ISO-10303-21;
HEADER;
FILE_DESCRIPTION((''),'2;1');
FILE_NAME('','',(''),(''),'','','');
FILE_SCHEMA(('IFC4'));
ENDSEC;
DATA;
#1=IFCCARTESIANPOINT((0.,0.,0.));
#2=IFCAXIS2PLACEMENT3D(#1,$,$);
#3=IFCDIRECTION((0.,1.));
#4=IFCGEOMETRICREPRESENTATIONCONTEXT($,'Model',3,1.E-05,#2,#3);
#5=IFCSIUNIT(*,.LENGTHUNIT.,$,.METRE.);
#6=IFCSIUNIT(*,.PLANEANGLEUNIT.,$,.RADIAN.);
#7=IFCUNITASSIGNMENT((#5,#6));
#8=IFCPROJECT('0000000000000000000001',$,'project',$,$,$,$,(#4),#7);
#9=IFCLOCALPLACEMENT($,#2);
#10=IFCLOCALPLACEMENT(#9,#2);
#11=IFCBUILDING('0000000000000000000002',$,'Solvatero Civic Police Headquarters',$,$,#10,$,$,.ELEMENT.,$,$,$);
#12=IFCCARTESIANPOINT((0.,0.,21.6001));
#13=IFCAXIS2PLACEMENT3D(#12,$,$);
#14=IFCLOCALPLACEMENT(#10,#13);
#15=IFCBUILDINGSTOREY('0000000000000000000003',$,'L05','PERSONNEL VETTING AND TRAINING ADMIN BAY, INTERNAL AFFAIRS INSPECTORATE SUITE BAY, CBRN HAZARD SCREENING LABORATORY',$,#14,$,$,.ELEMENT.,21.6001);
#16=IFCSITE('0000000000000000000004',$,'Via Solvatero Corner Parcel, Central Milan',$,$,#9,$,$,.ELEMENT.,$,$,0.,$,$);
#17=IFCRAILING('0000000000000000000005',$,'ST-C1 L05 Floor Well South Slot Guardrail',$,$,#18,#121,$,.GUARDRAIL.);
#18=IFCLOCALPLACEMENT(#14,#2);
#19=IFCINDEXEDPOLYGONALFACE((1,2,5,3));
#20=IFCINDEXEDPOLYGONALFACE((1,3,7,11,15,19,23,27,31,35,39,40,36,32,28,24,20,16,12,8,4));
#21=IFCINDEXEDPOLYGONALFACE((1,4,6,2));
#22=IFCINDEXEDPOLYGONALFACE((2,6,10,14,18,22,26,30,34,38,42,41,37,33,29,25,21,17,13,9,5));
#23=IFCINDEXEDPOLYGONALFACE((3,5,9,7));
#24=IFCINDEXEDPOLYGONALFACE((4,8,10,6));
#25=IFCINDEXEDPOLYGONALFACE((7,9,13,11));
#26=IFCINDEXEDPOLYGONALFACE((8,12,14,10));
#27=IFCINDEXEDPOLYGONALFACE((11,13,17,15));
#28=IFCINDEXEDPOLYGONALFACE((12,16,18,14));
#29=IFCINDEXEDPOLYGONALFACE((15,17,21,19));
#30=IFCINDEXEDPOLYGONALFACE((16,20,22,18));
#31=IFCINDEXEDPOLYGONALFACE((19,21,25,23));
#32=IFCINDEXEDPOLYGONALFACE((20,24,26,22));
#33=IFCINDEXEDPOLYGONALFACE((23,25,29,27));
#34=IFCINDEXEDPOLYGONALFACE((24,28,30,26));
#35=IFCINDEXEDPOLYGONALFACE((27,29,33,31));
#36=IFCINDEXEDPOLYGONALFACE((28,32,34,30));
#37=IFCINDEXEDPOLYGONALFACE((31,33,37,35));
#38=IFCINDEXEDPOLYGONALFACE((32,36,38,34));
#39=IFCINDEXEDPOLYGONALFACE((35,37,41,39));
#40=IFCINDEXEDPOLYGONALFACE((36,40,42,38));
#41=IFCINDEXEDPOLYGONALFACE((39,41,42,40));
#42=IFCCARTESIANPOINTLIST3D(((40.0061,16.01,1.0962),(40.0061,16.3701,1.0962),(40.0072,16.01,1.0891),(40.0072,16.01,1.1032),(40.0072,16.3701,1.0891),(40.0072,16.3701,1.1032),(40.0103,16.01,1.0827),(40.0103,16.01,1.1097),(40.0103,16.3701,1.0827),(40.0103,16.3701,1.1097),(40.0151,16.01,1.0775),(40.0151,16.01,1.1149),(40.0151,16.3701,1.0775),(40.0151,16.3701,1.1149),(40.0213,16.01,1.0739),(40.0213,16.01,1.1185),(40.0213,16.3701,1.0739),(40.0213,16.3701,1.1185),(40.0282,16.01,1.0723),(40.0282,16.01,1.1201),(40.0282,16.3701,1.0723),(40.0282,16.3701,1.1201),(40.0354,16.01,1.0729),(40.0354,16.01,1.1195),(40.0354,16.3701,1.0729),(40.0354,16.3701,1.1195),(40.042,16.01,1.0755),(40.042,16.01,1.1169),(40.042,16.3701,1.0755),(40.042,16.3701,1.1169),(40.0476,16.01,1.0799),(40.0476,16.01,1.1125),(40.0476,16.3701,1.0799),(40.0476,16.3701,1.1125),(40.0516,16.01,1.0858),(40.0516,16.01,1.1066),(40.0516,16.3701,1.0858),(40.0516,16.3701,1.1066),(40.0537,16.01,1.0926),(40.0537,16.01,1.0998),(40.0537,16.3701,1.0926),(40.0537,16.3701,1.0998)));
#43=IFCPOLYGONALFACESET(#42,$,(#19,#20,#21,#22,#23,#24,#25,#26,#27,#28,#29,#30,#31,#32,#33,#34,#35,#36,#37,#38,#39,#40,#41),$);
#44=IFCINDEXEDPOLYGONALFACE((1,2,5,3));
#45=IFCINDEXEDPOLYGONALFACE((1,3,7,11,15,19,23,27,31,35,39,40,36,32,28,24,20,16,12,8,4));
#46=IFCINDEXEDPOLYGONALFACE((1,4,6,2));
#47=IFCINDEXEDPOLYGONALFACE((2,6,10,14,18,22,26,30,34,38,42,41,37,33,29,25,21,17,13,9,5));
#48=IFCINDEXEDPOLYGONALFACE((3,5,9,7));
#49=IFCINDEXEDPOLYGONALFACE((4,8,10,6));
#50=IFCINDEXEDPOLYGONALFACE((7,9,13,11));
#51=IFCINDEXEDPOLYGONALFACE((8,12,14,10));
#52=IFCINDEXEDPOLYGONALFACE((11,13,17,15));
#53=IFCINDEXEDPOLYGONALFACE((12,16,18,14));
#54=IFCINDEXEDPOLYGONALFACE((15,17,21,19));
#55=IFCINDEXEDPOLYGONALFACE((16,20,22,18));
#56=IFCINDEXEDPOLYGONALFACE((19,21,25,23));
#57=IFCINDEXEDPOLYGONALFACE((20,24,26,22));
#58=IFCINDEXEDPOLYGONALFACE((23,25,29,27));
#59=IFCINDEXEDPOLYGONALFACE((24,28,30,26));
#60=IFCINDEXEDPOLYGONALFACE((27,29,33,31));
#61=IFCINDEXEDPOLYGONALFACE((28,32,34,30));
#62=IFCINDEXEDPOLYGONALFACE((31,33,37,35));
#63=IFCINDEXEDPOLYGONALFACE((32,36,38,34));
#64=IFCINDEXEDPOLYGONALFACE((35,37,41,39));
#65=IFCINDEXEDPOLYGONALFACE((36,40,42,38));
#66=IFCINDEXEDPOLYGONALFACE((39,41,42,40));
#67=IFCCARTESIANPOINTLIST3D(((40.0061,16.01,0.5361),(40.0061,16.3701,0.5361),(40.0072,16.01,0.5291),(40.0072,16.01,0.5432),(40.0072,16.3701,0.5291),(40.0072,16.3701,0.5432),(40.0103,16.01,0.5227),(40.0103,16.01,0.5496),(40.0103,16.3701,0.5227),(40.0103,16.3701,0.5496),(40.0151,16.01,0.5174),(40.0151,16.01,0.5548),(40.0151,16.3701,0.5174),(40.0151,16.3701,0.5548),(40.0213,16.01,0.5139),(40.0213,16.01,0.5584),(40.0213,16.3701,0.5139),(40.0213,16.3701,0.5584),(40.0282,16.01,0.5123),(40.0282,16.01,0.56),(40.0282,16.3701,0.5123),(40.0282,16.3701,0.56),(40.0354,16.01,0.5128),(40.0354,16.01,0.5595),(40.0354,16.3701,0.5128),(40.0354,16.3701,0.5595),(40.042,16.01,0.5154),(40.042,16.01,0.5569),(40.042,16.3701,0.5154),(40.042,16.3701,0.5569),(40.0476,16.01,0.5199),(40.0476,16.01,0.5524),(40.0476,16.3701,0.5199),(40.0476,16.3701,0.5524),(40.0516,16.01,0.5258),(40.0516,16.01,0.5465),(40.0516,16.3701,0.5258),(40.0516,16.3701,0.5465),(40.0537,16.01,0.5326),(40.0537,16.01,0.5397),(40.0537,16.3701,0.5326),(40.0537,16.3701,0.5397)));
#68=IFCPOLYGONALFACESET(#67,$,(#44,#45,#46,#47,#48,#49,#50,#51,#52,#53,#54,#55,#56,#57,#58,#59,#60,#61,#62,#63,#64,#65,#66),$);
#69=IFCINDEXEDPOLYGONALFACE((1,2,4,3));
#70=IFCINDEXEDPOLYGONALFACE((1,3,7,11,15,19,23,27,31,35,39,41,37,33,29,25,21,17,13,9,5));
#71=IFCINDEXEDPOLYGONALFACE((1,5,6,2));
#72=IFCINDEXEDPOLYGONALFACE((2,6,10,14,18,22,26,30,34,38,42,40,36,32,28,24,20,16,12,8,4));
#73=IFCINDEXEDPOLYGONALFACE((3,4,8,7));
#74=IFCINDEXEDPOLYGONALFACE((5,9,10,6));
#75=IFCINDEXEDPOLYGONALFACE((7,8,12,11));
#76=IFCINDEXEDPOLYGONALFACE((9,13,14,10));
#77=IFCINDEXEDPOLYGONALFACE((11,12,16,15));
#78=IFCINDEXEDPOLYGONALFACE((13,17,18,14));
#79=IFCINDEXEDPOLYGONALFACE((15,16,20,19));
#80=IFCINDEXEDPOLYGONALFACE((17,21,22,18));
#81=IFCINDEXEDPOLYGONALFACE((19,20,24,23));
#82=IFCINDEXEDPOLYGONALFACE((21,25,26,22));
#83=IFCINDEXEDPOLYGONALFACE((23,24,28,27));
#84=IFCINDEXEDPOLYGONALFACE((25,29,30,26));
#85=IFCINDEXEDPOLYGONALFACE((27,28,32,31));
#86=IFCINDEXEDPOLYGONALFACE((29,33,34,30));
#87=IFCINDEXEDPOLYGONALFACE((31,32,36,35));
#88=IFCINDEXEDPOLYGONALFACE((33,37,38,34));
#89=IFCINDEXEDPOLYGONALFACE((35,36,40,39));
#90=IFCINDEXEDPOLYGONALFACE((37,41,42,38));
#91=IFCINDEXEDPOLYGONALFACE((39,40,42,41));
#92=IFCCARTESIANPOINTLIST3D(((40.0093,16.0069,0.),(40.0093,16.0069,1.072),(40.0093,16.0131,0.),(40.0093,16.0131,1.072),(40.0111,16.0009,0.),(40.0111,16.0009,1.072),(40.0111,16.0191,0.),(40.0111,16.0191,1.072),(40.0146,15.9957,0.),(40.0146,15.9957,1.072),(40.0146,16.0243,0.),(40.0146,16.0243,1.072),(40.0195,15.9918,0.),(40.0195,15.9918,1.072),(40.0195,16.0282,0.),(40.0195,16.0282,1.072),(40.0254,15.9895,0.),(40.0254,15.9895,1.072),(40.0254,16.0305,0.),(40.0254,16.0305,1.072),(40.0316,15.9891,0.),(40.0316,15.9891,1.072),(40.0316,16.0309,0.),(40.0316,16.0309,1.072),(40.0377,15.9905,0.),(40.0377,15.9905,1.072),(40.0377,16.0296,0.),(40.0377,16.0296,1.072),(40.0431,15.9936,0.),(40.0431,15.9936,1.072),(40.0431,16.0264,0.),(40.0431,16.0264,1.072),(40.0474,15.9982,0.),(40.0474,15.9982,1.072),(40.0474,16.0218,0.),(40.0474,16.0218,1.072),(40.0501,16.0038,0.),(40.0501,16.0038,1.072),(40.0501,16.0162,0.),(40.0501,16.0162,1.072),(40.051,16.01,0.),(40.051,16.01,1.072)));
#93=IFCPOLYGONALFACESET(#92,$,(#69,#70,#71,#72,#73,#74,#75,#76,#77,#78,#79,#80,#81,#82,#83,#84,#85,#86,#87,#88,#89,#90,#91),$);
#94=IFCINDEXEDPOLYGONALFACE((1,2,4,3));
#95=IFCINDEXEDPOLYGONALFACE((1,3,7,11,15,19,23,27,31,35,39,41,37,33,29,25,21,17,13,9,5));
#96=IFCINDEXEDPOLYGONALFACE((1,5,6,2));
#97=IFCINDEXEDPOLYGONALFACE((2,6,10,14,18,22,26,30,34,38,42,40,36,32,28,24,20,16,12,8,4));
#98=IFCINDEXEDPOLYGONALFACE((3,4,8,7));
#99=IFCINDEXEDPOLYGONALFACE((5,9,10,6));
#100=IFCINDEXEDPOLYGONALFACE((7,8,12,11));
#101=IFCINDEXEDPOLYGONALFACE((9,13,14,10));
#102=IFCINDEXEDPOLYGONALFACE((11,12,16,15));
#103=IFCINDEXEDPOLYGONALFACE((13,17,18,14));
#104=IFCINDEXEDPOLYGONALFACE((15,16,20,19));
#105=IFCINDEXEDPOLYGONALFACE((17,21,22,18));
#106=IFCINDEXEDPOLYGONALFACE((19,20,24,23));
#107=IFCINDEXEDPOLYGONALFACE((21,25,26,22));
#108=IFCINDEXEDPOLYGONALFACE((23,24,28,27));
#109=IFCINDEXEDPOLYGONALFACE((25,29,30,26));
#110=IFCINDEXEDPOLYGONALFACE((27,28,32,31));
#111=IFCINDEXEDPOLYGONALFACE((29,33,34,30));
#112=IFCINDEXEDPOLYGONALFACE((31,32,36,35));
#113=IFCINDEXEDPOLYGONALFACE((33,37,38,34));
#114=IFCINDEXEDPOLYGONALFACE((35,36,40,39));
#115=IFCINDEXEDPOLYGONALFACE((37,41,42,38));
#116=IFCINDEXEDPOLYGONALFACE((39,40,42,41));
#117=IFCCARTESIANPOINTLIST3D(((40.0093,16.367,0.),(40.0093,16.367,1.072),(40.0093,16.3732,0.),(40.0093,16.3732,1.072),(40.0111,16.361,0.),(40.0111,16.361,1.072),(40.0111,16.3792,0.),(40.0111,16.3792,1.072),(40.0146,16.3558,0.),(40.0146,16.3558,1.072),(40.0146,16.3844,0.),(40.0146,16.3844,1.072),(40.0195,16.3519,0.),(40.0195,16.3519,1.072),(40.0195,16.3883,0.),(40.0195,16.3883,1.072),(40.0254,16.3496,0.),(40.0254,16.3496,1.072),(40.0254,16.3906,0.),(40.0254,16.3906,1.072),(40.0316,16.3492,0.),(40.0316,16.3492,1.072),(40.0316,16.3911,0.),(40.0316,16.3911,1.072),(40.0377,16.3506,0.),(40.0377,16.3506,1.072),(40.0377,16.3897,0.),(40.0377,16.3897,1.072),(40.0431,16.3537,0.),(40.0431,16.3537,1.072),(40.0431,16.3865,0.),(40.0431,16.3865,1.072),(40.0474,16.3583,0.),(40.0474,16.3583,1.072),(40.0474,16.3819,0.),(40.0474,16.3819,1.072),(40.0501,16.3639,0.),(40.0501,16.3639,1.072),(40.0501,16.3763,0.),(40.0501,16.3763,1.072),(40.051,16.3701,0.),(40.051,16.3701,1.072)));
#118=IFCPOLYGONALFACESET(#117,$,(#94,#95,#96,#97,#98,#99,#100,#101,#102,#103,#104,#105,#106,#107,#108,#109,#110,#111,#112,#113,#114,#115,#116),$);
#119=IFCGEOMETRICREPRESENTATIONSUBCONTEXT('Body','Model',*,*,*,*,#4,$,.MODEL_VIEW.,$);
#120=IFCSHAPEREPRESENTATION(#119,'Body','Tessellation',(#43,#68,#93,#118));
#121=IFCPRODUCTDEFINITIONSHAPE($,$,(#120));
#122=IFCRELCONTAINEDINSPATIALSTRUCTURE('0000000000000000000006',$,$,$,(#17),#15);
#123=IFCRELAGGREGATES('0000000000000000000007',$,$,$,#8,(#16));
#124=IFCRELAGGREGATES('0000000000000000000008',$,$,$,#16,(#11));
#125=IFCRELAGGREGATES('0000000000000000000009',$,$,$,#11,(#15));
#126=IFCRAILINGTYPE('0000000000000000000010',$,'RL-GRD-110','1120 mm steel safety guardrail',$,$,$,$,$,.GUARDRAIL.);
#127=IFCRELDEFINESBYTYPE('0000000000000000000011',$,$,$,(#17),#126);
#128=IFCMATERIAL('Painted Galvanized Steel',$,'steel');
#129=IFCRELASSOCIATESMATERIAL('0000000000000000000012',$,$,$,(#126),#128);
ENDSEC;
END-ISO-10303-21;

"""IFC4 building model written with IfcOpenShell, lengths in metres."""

from ifc_helpers import new_model, si_unit, direction, frame, origin, origin_2d, place, context, subcontext, project, spatial, circle, extrude, material, type_object, element, save


model = new_model("IFC4")

# Units and contexts
model_context = context("Model", 3, precision=1e-05, world=origin(), true_north=direction((0.0, 1.0)))
body_context = subcontext(model_context, "Body", "Model", "MODEL_VIEW")
ifc_project = project(units=[si_unit("LENGTHUNIT", "METRE"), si_unit("PLANEANGLEUNIT", "RADIAN")], contexts=[model_context])

# Site, building, storey
site_placement = place(None, origin())
site = spatial("IfcSite", under=ifc_project, at=site_placement, Name="Via Solvatero Corner Parcel, Central Milan", CompositionType="ELEMENT", RefElevation=0.0)
building_placement = place(site_placement, origin())
building = spatial("IfcBuilding", under=site, at=building_placement, Name="Solvatero Civic Police Headquarters", CompositionType="ELEMENT")
storey_placement = place(building_placement, frame((0.0, 0.0, 21.6001)))
storey = spatial("IfcBuildingStorey", under=building, at=storey_placement, Name="L05", Description="PERSONNEL VETTING AND TRAINING ADMIN BAY, INTERNAL AFFAIRS INSPECTORATE SUITE BAY, CBRN HAZARD SCREENING LABORATORY", CompositionType="ELEMENT", Elevation=21.6001)

# Railing
ifc_material_1 = material(Name="Painted Galvanized Steel", Category="steel")
railing_type_1 = type_object("IfcRailingType", Name="RL-GRD-110", Description="1120 mm steel safety guardrail", PredefinedType="GUARDRAIL", material=ifc_material_1)
railing_1_placement = place(storey_placement, frame((40.03, 16.01, 0.0)))
element("IfcRailing", 1, at=railing_1_placement, inside=storey, type_object=railing_type_1, Name="ST-C1 L05 Floor Well South Slot Guardrail", PredefinedType="GUARDRAIL", context=body_context, shape_type="SweptSolid", body=[
    extrude(circle(Radius=0.0239, at=origin_2d()), frame((0.0, 0.0, 1.0962), z_axis=(0.0, 1.0, 0.0), x_axis=(-1.0, 0.0, 0.0)), (0.0, 0.0, 1.0), 0.3601),
    extrude(circle(Radius=0.0239, at=origin_2d()), frame((0.0, 0.0, 0.5361), z_axis=(0.0, 1.0, 0.0), x_axis=(-1.0, 0.0, 0.0)), (0.0, 0.0, 1.0), 0.3601),
    extrude(circle(Radius=0.021, at=origin_2d()), origin(), (0.0, 0.0, 1.0), 1.072),
    extrude(circle(Radius=0.021, at=origin_2d()), frame((0.0, 0.3601, 0.0)), (0.0, 0.0, 1.0), 1.072),
])

save(model, "model.ifc")
